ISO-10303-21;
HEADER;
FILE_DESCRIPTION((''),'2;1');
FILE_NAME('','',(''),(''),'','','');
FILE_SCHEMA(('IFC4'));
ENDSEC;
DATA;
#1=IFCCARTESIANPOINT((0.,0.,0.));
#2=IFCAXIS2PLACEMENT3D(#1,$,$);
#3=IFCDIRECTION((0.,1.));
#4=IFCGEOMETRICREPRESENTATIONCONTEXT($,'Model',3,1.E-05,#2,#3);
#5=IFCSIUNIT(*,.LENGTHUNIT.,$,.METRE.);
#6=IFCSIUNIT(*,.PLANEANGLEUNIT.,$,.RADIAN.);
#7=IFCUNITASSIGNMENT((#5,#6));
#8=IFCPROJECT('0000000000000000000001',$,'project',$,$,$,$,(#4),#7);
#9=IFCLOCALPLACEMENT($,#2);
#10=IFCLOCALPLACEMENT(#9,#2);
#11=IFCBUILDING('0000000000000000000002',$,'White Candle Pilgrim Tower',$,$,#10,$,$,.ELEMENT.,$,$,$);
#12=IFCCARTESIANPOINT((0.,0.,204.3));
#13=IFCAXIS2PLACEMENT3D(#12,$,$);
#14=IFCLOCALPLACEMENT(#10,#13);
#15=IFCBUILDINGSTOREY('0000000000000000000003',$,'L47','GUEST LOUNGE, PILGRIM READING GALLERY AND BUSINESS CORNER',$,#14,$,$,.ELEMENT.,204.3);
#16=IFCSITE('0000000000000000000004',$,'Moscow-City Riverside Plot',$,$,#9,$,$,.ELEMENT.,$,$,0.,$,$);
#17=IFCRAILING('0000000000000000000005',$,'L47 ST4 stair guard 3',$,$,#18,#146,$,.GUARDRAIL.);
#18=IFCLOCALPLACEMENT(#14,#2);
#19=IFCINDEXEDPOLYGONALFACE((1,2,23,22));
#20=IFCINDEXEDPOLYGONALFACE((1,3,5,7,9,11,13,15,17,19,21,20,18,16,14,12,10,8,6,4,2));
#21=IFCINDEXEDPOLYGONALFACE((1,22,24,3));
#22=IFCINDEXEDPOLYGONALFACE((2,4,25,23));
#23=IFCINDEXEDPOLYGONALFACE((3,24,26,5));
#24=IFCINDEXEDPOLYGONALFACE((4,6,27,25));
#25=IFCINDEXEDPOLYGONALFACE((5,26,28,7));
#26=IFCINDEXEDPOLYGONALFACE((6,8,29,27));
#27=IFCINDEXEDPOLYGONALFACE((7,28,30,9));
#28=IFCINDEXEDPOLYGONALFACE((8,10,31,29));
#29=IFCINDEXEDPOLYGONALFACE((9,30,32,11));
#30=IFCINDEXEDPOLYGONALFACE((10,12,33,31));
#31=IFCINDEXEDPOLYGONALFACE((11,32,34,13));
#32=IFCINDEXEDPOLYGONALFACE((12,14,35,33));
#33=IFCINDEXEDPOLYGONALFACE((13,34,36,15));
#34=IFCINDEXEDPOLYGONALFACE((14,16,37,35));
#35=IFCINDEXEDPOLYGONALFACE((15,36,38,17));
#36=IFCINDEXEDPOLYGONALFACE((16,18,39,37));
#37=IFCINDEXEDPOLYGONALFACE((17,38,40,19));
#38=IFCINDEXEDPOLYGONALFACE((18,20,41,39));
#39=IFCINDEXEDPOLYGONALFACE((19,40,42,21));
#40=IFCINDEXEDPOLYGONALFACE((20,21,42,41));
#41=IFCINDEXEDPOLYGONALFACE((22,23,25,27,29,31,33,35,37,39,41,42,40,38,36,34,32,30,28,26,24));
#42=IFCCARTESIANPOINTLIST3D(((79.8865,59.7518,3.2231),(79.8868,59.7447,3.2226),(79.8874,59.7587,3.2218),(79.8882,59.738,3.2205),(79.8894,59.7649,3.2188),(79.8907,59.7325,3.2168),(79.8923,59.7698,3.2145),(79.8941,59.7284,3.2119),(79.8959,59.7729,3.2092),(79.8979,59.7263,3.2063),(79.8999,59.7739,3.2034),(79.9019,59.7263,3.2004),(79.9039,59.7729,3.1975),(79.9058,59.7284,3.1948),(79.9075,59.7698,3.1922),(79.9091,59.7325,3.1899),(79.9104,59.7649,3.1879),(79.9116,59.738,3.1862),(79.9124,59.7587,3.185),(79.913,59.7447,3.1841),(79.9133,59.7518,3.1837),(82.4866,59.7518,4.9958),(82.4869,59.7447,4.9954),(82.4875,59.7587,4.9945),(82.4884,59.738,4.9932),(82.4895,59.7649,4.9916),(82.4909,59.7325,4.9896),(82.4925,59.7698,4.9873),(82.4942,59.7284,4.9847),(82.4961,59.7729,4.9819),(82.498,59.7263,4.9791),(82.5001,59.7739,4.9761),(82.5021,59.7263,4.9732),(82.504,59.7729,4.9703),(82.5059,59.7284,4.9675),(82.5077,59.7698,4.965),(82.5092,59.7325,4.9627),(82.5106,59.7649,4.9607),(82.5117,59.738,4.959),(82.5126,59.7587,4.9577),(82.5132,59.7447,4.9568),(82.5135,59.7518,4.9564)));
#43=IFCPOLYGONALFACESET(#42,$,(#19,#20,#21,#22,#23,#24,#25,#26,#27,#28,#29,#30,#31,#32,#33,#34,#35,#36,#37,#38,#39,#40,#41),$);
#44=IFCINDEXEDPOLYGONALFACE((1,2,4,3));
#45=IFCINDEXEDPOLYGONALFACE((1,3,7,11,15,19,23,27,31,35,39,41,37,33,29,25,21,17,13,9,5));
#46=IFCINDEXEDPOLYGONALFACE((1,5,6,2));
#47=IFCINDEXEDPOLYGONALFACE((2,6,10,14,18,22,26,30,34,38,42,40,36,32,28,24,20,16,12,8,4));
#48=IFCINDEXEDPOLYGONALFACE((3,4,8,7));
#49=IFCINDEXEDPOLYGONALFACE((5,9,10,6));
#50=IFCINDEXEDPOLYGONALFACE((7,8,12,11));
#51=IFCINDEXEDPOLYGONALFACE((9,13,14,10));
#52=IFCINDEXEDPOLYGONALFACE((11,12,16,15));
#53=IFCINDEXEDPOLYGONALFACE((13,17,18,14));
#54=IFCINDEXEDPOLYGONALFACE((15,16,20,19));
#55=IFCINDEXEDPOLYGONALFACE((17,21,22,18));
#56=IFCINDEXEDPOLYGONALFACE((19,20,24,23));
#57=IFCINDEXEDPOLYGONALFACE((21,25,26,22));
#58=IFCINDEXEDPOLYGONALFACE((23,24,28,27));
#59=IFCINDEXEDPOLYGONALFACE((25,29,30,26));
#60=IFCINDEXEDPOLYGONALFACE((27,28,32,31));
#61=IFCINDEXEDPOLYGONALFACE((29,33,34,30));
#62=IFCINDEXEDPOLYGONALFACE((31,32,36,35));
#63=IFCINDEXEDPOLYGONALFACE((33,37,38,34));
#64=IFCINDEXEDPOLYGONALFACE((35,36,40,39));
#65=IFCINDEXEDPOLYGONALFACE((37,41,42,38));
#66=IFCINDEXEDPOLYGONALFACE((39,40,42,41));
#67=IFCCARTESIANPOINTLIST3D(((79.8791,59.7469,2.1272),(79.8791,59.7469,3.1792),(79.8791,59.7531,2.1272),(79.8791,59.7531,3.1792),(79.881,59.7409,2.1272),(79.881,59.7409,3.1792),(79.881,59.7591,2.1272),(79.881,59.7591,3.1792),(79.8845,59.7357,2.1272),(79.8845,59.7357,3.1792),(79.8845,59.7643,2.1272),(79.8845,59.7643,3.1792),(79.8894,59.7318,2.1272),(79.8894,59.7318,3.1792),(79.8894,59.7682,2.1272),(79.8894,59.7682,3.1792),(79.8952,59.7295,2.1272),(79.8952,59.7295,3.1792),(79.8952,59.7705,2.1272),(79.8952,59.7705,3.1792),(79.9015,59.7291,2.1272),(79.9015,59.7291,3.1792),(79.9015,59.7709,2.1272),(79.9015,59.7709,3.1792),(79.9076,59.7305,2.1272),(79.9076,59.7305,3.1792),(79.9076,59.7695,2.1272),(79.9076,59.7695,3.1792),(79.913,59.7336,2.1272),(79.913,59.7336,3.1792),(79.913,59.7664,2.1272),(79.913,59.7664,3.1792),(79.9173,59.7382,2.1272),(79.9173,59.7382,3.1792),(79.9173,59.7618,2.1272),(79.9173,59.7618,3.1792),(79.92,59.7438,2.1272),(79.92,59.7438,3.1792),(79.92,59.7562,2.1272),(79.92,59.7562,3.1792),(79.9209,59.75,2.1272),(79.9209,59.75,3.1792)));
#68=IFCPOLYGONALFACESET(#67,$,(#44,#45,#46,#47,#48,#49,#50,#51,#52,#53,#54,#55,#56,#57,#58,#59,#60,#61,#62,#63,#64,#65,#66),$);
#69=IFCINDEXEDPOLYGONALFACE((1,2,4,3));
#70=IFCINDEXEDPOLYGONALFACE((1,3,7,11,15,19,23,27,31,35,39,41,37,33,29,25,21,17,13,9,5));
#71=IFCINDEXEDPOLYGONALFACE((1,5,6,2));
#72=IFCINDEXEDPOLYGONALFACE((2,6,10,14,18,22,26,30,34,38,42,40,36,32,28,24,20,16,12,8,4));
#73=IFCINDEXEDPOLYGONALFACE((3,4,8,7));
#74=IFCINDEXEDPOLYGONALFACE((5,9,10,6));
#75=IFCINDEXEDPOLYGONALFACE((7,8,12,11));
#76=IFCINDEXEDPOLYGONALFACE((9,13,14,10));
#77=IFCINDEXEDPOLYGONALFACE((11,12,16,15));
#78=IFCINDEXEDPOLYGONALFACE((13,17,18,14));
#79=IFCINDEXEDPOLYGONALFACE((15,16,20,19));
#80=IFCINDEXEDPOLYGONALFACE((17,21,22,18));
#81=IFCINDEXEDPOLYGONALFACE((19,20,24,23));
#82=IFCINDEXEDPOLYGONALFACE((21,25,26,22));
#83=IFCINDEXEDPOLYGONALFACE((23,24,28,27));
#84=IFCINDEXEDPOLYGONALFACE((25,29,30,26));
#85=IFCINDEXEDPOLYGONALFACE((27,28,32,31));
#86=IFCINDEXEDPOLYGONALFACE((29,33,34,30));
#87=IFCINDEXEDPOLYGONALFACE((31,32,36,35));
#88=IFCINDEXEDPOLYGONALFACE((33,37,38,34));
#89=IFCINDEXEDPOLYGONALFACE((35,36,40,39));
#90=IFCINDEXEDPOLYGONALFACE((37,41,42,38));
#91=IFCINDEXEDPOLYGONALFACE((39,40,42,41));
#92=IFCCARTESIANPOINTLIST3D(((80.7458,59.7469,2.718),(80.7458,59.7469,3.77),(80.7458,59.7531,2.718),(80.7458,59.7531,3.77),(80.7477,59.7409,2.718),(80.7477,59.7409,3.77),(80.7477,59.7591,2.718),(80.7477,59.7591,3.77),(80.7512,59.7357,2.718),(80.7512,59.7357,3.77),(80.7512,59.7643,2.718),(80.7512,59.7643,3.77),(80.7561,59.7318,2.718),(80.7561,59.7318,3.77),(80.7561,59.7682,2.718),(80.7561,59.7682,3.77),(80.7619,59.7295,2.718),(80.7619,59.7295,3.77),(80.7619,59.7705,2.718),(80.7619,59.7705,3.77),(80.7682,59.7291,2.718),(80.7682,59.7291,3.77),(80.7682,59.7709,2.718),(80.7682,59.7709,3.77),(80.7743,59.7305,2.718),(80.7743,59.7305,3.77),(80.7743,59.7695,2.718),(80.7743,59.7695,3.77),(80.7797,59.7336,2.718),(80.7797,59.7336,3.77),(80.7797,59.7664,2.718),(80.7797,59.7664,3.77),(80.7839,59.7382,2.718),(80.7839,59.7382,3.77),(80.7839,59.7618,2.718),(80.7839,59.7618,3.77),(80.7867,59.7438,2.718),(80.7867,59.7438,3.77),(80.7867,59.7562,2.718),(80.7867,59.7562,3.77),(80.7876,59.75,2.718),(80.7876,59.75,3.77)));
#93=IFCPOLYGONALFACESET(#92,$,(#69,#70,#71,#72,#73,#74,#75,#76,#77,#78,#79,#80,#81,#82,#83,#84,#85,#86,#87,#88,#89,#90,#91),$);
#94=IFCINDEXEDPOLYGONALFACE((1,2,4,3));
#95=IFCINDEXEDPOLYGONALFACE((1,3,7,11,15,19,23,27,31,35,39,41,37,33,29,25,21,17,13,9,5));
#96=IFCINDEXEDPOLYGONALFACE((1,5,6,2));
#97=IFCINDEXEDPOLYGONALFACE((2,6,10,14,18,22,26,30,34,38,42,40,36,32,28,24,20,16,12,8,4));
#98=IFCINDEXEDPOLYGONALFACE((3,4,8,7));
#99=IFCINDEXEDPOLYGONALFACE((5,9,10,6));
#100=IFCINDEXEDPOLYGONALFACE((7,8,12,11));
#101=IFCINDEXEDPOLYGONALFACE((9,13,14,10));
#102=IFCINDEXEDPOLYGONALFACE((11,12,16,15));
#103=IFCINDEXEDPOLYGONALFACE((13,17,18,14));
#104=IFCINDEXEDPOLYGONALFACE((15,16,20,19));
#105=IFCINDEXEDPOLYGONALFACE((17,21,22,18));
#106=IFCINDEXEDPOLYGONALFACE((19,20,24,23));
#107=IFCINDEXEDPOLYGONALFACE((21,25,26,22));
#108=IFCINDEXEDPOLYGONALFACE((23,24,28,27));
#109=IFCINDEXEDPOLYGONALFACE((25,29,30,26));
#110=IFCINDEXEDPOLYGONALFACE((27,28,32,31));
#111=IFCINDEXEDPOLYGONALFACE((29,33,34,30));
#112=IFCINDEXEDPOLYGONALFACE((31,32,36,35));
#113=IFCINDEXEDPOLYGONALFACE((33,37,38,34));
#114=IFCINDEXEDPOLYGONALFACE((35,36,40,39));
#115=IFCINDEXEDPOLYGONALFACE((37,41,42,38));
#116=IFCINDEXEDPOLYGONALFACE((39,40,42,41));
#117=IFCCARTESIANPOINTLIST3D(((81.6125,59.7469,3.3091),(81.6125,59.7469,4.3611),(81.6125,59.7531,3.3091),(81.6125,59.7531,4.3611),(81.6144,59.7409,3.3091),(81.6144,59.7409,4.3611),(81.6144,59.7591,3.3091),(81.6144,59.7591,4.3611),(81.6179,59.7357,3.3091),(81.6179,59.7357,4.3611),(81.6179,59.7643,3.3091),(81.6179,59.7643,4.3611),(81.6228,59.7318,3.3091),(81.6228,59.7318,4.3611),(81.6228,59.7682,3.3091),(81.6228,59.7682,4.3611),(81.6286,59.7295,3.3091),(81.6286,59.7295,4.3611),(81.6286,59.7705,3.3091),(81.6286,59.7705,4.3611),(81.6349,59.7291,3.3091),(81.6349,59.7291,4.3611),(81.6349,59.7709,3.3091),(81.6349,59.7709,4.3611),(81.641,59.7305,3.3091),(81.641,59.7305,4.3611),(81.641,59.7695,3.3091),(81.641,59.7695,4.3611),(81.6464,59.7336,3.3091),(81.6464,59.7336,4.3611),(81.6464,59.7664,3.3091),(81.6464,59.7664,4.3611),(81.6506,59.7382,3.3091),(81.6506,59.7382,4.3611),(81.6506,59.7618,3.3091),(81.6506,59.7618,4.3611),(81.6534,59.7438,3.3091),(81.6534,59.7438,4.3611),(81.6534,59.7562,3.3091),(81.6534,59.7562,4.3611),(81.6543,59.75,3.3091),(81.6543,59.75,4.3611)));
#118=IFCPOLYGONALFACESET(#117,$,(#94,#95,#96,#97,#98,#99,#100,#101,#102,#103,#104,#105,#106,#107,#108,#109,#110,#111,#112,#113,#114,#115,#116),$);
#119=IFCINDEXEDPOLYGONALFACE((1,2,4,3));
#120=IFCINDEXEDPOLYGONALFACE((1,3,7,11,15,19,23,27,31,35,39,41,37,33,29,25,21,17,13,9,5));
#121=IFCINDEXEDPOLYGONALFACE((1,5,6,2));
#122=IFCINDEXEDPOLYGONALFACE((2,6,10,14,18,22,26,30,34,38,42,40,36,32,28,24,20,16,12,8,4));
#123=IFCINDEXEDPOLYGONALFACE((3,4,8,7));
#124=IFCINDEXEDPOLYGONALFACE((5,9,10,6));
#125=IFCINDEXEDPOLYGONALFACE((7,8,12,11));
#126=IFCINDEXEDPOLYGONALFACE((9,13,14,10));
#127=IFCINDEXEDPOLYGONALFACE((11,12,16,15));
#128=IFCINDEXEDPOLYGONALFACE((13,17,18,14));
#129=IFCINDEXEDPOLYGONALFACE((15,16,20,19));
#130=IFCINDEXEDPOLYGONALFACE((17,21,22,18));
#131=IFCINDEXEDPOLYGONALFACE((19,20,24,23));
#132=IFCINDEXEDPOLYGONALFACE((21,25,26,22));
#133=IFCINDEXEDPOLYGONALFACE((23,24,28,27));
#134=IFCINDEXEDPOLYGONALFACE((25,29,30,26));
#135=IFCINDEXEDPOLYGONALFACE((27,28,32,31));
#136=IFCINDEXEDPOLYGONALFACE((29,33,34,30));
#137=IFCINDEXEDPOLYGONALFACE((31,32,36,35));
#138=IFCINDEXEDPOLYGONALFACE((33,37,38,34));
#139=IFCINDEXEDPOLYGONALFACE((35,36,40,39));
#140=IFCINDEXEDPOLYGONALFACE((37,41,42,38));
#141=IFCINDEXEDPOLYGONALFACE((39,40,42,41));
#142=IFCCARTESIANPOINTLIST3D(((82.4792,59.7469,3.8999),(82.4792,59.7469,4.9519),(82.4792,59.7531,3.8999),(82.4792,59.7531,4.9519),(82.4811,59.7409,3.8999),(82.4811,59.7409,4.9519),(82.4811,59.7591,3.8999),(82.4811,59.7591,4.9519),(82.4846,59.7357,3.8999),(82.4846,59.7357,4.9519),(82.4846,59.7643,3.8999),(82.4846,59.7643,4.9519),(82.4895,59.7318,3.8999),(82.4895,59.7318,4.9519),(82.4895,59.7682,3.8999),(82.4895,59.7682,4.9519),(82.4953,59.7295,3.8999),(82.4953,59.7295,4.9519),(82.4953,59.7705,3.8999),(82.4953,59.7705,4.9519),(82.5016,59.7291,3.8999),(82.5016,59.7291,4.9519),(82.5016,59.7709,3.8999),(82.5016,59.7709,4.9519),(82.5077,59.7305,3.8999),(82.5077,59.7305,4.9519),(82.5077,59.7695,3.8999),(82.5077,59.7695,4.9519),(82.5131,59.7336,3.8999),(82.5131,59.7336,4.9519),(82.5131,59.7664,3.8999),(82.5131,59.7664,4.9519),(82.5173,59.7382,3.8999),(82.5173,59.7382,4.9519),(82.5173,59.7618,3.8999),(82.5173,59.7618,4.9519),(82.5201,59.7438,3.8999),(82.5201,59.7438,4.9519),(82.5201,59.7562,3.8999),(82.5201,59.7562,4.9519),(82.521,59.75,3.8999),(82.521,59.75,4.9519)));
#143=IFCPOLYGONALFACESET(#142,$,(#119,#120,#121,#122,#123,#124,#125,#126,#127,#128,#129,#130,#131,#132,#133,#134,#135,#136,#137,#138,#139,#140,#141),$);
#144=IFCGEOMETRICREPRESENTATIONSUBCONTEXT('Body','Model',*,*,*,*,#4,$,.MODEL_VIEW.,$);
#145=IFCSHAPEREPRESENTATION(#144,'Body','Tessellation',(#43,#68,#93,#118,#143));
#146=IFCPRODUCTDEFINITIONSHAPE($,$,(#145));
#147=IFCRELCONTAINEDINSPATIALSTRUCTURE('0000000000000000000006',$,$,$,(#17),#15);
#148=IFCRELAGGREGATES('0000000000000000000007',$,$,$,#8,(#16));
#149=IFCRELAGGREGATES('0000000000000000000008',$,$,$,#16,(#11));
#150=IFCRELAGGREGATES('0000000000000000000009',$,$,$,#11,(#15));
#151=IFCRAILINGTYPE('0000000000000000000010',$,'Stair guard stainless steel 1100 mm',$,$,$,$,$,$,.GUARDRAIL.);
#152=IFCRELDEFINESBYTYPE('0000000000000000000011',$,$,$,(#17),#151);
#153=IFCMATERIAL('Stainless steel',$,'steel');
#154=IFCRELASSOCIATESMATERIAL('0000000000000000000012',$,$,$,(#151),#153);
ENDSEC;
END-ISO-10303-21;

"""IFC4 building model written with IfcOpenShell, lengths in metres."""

from ifc_helpers import new_model, si_unit, direction, frame, origin, origin_2d, place, context, subcontext, project, spatial, circle, extrude, material, type_object, element, save


model = new_model("IFC4")

# Units and contexts
model_context = context("Model", 3, precision=1e-05, world=origin(), true_north=direction((0.0, 1.0)))
body_context = subcontext(model_context, "Body", "Model", "MODEL_VIEW")
ifc_project = project(units=[si_unit("LENGTHUNIT", "METRE"), si_unit("PLANEANGLEUNIT", "RADIAN")], contexts=[model_context])

# Site, building, storey
site_placement = place(None, origin())
site = spatial("IfcSite", under=ifc_project, at=site_placement, Name="Moscow-City Riverside Plot", CompositionType="ELEMENT", RefElevation=0.0)
building_placement = place(site_placement, origin())
building = spatial("IfcBuilding", under=site, at=building_placement, Name="White Candle Pilgrim Tower", CompositionType="ELEMENT")
storey_placement = place(building_placement, frame((0.0, 0.0, 204.3)))
storey = spatial("IfcBuildingStorey", under=building, at=storey_placement, Name="L47", Description="GUEST LOUNGE, PILGRIM READING GALLERY AND BUSINESS CORNER", CompositionType="ELEMENT", Elevation=204.3)

# Railing
ifc_material_1 = material(Name="Stainless steel", Category="steel")
railing_type_1 = type_object("IfcRailingType", Name="Stair guard stainless steel 1100 mm", PredefinedType="GUARDRAIL", material=ifc_material_1)
railing_1_placement = place(storey_placement, frame((79.8999, 59.75, 2.1272)))
element("IfcRailing", 1, at=railing_1_placement, inside=storey, type_object=railing_type_1, Name="L47 ST4 stair guard 3", PredefinedType="GUARDRAIL", context=body_context, shape_type="SweptSolid", body=[
    extrude(circle(Radius=0.0239, at=origin_2d()), frame((0.0, 0.0, 1.0762), z_axis=(0.82624, 0.0, 0.563318), x_axis=(0.0, 1.0, 0.0)), (0.0, 0.0, 1.0), 3.147),
    extrude(circle(Radius=0.021, at=origin_2d()), origin(), (0.0, 0.0, 1.0), 1.052),
    extrude(circle(Radius=0.021, at=origin_2d()), frame((0.8667, 0.0, 0.5908)), (0.0, 0.0, 1.0), 1.052),
    extrude(circle(Radius=0.021, at=origin_2d()), frame((1.7334, 0.0, 1.1819)), (0.0, 0.0, 1.0), 1.052),
    extrude(circle(Radius=0.021, at=origin_2d()), frame((2.6001, 0.0, 1.7727)), (0.0, 0.0, 1.0), 1.052),
])

save(model, "model.ifc")
